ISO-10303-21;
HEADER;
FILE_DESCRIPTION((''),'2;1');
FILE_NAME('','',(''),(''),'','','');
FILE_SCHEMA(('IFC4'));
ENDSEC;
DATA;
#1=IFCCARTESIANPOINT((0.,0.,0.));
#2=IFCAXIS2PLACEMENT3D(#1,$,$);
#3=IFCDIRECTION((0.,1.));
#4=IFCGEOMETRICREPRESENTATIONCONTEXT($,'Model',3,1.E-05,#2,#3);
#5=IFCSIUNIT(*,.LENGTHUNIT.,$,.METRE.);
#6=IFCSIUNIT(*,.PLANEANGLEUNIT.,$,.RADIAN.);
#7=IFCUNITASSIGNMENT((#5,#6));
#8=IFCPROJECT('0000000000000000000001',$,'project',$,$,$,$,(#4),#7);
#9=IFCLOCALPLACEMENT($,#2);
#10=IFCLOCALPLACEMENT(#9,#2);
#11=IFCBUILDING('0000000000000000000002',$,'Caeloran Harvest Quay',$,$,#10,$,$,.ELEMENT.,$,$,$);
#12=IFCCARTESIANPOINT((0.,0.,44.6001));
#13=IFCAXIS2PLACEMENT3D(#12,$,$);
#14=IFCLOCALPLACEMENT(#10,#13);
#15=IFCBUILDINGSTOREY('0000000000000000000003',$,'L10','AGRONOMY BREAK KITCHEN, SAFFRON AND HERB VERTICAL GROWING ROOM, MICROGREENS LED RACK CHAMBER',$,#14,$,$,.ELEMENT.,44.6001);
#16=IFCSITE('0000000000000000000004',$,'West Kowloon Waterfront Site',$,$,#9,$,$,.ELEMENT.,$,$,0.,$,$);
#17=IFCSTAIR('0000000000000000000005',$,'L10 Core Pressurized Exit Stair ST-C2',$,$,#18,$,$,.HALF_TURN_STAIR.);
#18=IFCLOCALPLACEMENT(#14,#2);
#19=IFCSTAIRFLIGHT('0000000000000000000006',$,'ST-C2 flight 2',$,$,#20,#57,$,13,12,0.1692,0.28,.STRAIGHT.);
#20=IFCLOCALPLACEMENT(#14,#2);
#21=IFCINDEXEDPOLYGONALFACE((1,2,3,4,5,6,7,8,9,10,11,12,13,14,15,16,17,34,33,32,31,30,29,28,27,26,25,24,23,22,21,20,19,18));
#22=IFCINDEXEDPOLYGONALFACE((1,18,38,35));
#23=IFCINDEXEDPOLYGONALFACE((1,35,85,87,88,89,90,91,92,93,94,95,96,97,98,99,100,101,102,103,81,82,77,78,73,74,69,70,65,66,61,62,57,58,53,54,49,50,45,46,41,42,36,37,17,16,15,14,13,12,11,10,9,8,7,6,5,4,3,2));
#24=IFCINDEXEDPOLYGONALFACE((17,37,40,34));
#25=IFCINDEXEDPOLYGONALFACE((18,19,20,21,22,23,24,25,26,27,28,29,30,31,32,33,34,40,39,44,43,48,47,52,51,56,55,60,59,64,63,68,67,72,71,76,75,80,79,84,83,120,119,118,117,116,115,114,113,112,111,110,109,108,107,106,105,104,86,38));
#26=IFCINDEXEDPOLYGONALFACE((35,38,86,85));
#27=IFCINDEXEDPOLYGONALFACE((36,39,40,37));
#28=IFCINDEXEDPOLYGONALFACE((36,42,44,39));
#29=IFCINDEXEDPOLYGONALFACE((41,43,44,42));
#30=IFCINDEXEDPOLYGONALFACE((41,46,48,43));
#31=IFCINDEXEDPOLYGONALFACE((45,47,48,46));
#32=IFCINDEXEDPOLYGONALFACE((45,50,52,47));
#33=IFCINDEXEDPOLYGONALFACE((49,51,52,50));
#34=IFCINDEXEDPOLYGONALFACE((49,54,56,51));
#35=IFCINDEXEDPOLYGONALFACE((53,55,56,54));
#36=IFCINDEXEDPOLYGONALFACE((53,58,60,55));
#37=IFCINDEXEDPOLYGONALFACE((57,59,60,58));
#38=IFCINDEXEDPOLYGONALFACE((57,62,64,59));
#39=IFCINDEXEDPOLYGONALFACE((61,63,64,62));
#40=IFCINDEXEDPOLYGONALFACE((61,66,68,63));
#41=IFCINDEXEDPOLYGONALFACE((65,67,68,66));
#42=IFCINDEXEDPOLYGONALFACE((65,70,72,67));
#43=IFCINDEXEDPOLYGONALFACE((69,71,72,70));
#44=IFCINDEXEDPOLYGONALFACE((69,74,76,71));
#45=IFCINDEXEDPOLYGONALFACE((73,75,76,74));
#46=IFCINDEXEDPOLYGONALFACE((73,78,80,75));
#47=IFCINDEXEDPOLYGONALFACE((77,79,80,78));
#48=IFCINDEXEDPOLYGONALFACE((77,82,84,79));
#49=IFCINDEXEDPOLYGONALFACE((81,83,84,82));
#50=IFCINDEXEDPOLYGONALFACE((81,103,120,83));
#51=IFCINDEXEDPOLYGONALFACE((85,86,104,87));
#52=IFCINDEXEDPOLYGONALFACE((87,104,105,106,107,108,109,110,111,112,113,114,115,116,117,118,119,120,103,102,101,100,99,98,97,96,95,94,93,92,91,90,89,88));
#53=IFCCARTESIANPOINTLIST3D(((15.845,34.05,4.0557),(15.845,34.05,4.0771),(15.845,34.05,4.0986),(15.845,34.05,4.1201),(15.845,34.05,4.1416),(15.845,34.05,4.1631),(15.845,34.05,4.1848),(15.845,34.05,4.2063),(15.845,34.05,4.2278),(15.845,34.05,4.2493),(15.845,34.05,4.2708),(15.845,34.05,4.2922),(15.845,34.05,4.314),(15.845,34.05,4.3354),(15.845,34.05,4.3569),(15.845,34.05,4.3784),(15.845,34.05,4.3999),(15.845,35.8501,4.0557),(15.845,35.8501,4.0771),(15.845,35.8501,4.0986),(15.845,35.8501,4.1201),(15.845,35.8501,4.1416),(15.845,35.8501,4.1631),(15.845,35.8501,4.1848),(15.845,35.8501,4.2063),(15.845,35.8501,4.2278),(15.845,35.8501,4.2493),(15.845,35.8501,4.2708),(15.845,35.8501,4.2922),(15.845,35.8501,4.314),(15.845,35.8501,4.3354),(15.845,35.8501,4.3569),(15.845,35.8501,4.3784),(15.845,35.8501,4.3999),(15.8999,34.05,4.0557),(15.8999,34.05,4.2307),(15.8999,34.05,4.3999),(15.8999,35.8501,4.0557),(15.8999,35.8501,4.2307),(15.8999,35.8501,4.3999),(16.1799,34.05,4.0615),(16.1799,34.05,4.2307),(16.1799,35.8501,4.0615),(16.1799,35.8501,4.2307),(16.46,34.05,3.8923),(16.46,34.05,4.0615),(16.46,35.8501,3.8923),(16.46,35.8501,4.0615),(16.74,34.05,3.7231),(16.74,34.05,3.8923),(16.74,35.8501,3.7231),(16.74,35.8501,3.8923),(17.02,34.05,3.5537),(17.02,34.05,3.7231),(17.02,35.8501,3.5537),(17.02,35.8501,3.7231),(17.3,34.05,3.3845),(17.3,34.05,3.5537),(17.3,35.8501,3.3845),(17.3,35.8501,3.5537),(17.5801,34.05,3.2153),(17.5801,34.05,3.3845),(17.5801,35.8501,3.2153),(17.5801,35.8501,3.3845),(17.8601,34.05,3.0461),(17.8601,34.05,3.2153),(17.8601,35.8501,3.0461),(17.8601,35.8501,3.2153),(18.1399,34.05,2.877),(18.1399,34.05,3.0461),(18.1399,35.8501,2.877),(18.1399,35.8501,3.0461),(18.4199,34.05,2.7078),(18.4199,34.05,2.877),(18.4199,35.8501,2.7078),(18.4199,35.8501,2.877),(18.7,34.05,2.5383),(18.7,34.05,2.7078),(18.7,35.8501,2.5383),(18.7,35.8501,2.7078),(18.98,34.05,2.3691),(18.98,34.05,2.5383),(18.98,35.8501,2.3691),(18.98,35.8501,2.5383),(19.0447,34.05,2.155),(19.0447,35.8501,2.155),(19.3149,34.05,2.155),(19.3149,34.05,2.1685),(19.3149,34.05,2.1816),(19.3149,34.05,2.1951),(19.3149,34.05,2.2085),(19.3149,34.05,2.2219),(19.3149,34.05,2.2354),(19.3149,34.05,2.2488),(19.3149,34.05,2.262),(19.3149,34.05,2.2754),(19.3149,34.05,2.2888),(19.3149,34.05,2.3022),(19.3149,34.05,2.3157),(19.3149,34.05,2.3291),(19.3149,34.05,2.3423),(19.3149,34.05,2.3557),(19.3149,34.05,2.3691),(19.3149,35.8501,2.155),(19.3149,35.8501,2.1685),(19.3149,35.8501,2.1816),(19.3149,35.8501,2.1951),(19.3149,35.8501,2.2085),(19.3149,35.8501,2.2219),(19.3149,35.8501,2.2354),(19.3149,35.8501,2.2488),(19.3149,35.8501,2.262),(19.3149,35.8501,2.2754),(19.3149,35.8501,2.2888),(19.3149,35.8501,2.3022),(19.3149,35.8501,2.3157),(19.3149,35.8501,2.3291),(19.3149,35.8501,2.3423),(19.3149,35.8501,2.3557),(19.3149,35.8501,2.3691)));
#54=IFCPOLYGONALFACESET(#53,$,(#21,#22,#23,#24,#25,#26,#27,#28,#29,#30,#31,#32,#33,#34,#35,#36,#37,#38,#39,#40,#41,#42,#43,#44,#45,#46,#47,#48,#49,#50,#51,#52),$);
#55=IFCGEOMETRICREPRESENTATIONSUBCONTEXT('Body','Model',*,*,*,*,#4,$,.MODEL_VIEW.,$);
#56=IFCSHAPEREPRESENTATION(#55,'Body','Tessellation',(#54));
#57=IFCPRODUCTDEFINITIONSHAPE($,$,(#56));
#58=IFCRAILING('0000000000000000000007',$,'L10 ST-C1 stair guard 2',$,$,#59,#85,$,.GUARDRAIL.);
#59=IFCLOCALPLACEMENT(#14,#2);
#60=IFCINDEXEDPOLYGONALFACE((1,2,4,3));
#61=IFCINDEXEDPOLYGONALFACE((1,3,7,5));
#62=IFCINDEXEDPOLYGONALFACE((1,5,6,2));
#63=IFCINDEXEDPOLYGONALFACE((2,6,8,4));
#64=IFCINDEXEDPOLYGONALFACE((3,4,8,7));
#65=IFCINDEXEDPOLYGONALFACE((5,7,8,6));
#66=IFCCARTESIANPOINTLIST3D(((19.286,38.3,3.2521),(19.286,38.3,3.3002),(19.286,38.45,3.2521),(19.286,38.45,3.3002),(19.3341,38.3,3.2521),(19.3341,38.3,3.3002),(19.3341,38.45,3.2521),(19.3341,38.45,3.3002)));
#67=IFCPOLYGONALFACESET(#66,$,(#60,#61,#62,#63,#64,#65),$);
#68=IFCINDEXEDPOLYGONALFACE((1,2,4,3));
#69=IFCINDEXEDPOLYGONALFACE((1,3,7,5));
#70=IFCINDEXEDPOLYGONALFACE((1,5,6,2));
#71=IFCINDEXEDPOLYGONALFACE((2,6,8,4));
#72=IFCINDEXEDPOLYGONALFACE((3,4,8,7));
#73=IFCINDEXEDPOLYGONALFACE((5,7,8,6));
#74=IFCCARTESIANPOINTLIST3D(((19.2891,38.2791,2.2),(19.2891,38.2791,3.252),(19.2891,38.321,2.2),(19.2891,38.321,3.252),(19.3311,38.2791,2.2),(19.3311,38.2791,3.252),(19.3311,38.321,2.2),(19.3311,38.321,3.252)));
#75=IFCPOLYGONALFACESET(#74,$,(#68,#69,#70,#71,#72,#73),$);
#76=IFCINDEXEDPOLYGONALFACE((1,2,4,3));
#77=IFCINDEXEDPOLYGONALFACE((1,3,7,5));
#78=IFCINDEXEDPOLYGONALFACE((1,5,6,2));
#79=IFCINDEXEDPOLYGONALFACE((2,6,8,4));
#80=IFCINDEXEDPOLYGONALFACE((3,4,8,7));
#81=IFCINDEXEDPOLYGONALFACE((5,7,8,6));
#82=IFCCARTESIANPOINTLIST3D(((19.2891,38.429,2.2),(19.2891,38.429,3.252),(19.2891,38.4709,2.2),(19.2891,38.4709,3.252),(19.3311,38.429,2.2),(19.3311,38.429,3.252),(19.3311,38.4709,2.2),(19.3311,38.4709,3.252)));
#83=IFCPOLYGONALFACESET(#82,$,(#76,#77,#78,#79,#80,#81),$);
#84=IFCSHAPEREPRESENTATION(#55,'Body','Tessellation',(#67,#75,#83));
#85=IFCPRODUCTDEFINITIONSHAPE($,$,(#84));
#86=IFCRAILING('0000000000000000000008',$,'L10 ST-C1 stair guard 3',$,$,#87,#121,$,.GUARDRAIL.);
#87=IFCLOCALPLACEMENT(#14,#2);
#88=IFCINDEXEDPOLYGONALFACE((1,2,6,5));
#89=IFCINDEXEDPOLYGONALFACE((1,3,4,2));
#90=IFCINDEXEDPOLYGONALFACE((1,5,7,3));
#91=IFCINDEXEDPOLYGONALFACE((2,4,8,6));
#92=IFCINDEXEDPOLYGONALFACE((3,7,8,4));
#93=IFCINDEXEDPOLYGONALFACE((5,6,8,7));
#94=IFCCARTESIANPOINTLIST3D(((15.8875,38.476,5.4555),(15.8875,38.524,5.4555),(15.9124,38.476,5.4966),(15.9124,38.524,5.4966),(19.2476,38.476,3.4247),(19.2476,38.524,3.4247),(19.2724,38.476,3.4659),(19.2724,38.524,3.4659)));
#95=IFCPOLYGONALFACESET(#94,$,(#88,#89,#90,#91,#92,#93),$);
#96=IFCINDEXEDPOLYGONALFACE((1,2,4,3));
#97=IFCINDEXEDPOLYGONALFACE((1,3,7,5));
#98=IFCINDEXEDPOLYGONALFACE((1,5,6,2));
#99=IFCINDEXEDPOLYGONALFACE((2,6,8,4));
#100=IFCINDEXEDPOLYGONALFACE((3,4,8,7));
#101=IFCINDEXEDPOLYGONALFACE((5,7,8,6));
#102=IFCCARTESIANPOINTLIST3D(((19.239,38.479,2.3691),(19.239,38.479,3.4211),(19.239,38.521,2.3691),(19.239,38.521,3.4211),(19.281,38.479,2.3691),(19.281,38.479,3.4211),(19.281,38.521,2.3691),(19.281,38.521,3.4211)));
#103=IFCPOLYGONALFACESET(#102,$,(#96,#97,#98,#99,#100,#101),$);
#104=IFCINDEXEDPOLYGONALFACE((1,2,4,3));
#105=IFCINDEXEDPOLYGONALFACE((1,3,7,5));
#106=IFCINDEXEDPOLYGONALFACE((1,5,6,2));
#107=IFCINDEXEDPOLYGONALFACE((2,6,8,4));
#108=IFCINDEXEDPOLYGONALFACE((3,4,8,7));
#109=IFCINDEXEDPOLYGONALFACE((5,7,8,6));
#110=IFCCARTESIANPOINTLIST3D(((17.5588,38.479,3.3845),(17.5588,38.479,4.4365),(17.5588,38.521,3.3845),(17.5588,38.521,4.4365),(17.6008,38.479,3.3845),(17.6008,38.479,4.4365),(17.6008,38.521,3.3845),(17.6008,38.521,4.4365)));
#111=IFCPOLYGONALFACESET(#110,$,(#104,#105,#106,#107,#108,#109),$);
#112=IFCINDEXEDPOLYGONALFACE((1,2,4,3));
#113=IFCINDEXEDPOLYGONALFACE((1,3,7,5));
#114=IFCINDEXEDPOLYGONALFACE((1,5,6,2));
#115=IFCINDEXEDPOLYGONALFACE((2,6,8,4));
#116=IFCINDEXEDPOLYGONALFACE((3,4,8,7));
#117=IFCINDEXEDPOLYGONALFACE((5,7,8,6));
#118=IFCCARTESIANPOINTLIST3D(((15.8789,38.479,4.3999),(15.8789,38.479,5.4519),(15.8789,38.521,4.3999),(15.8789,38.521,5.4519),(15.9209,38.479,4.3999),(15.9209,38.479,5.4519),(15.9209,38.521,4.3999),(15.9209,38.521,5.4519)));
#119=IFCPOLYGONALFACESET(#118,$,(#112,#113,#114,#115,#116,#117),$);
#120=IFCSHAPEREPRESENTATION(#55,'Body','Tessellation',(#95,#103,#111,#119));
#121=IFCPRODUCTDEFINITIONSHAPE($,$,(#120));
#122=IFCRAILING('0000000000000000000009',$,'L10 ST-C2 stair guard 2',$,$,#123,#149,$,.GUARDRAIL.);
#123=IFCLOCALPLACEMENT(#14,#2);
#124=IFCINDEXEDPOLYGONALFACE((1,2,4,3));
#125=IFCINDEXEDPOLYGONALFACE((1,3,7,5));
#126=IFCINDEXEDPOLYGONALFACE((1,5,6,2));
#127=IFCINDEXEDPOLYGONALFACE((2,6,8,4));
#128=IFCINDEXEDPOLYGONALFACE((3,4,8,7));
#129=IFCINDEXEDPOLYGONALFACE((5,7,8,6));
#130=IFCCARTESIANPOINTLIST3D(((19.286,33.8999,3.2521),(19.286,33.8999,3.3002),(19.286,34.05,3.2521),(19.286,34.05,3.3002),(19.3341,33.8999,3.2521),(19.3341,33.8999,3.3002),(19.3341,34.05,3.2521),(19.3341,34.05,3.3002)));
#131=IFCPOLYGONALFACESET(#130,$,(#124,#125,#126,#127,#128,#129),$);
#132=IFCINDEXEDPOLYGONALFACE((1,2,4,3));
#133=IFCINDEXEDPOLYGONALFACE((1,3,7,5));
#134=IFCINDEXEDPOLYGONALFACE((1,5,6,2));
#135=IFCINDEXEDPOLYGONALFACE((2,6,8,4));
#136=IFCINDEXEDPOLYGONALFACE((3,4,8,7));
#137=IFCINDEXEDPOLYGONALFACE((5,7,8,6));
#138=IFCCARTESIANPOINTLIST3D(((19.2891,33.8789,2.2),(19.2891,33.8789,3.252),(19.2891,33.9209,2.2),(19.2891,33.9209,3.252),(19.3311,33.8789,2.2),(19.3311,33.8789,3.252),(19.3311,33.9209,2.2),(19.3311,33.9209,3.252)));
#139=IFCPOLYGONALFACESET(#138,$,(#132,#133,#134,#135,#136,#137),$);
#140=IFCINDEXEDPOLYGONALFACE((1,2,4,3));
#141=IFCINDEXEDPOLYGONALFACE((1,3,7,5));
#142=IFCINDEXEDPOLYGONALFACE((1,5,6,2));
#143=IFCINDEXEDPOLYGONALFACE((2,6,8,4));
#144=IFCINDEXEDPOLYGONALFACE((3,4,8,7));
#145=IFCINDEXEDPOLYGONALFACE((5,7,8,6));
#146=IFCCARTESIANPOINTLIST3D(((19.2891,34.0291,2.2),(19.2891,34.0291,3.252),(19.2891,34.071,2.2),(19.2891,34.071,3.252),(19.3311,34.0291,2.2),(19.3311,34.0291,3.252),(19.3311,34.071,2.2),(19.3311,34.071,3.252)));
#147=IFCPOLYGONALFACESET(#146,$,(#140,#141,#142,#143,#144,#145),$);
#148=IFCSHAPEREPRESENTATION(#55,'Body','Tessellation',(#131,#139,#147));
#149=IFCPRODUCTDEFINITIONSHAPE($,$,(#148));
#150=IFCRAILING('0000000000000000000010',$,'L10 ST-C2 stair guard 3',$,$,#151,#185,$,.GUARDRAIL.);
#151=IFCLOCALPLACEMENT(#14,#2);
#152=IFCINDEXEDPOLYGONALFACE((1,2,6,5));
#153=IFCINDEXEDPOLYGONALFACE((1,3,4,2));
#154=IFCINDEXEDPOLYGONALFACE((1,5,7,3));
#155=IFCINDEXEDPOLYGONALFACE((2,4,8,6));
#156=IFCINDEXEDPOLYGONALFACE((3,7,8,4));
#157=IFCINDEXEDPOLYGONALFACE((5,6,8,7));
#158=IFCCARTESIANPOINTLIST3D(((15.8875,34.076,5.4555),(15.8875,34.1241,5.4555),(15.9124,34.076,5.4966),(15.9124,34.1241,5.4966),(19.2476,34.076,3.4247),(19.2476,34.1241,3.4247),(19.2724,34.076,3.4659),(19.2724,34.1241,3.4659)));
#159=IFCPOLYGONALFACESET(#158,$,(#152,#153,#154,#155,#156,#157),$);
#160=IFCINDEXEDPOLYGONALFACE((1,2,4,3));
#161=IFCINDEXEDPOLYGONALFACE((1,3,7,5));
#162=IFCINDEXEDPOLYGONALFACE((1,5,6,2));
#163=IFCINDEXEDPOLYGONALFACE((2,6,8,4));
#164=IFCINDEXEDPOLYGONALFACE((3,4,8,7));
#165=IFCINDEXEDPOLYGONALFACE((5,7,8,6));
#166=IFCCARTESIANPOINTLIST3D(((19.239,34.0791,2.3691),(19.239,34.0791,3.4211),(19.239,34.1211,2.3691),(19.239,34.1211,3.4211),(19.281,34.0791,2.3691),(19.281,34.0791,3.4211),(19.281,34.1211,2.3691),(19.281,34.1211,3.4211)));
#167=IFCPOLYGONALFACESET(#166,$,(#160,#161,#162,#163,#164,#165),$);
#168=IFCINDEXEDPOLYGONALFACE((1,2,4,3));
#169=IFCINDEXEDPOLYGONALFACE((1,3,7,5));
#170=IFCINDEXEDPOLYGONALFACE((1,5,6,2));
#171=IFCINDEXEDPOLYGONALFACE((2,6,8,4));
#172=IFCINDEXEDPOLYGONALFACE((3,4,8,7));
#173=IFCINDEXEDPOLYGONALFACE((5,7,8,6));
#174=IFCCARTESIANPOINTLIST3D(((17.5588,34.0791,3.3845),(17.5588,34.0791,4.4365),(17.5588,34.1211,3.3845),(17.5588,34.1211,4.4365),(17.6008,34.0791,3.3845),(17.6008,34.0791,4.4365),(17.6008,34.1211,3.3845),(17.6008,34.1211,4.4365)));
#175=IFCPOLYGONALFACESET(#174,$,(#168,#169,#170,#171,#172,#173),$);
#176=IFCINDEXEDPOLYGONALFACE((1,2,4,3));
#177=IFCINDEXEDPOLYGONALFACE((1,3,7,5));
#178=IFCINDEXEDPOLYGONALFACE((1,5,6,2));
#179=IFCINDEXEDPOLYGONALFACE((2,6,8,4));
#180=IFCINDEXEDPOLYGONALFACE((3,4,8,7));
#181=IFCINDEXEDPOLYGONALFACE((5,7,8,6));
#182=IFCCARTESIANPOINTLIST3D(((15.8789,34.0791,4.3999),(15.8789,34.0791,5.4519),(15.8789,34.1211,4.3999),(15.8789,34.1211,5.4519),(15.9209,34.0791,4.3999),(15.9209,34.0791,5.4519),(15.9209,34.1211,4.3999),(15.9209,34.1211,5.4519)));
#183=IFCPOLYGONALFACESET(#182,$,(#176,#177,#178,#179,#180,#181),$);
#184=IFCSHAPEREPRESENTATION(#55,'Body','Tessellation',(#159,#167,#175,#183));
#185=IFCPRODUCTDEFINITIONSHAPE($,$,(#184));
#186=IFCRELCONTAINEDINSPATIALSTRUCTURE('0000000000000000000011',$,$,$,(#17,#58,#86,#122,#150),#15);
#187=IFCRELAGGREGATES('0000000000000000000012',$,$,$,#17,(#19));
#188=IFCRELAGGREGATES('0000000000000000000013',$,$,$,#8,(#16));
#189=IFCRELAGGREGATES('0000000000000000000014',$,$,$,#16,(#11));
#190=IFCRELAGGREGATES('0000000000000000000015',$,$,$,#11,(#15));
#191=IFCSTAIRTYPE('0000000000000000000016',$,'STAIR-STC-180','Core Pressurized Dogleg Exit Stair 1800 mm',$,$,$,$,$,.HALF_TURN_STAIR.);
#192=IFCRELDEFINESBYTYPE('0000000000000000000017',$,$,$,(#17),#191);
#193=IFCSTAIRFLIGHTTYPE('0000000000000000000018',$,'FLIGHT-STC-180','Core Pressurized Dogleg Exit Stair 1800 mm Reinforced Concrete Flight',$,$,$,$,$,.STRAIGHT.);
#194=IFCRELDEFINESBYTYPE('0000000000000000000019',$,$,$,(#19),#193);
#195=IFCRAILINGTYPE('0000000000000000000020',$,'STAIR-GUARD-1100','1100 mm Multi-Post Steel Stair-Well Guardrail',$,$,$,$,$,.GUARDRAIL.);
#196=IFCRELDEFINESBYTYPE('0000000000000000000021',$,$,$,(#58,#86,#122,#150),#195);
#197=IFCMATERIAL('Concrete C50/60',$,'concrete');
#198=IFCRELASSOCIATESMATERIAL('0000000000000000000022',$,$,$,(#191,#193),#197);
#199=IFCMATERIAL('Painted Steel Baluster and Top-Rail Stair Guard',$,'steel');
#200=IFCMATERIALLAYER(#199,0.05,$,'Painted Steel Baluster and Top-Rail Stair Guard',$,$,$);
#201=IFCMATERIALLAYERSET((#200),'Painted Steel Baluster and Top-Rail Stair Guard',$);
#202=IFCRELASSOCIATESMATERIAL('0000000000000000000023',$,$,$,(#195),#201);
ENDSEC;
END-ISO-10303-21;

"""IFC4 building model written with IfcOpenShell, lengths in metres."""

from ifc_helpers import new_model, si_unit, direction, frame, origin, origin_2d, place, context, subcontext, project, spatial, polyline, rectangle, outline, extrude, material, layer, layer_set, type_object, element, aggregate, save


model = new_model("IFC4")

# Units and contexts
model_context = context("Model", 3, precision=1e-05, world=origin(), true_north=direction((0.0, 1.0)))
body_context = subcontext(model_context, "Body", "Model", "MODEL_VIEW")
ifc_project = project(units=[si_unit("LENGTHUNIT", "METRE"), si_unit("PLANEANGLEUNIT", "RADIAN")], contexts=[model_context])

# Site, building, storey
site_placement = place(None, origin())
site = spatial("IfcSite", under=ifc_project, at=site_placement, Name="West Kowloon Waterfront Site", CompositionType="ELEMENT", RefElevation=0.0)
building_placement = place(site_placement, origin())
building = spatial("IfcBuilding", under=site, at=building_placement, Name="Caeloran Harvest Quay", CompositionType="ELEMENT")
storey_placement = place(building_placement, frame((0.0, 0.0, 44.6001)))
storey = spatial("IfcBuildingStorey", under=building, at=storey_placement, Name="L10", Description="AGRONOMY BREAK KITCHEN, SAFFRON AND HERB VERTICAL GROWING ROOM, MICROGREENS LED RACK CHAMBER", CompositionType="ELEMENT", Elevation=44.6001)

# Shared definitions
ifc_material_1 = material(Name="Concrete C50/60", Category="concrete")

# Stair, stair flight
stair_type = type_object("IfcStairType", Name="STAIR-STC-180", Description="Core Pressurized Dogleg Exit Stair 1800 mm", PredefinedType="HALF_TURN_STAIR", material=ifc_material_1)
stair_flight_type = type_object("IfcStairFlightType", Name="FLIGHT-STC-180", Description="Core Pressurized Dogleg Exit Stair 1800 mm Reinforced Concrete Flight", PredefinedType="STRAIGHT", material=ifc_material_1)
stair_1_placement = place(storey_placement, origin())
stair_1 = element("IfcStair", 1, at=stair_1_placement, inside=storey, type_object=stair_type, Name="L10 Core Pressurized Exit Stair ST-C2", PredefinedType="HALF_TURN_STAIR")
stair_flight_1_placement = place(storey_placement, frame((19.26, 34.95, 2.2), z_axis=(0.0, 0.0, 1.0), x_axis=(-1.0, 0.0, 0.0)))
stair_flight_1 = element("IfcStairFlight", 2, at=stair_flight_1_placement, type_object=stair_flight_type, Name="ST-C2 flight 2", NumberOfRisers=13, NumberOfTreads=12, PredefinedType="STRAIGHT", RiserHeight=0.1692, TreadLength=0.28, context=body_context, shape_type="SweptSolid", body=[
    extrude(outline(polyline([(-0.0549, -0.0449), (-0.0549, -0.0315), (-0.0549, -0.0183), (-0.0549, -0.0049), (-0.0549, 0.0085), (-0.0549, 0.022), (-0.0549, 0.0354), (-0.0549, 0.0488), (-0.0549, 0.062), (-0.0549, 0.0754), (-0.0549, 0.0889), (-0.0549, 0.1023), (-0.0549, 0.1157), (-0.0549, 0.1292), (-0.0549, 0.1423), (-0.0549, 0.1558), (-0.0549, 0.1692), (0.28, 0.1692), (0.28, 0.3384), (0.5601, 0.3384), (0.5601, 0.5078), (0.8401, 0.5078), (0.8401, 0.677), (1.1201, 0.677), (1.1201, 0.8462), (1.3999, 0.8462), (1.3999, 1.0154), (1.6799, 1.0154), (1.6799, 1.1846), (1.96, 1.1846), (1.96, 1.3538), (2.24, 1.3538), (2.24, 1.5232), (2.52, 1.5232), (2.52, 1.6924), (2.8, 1.6924), (2.8, 1.8616), (3.0801, 1.8616), (3.0801, 2.0308), (3.3601, 2.0308), (3.3601, 2.2), (3.415, 2.2), (3.415, 2.1785), (3.415, 2.157), (3.415, 2.1355), (3.415, 2.114), (3.415, 2.0923), (3.415, 2.0708), (3.415, 2.0493), (3.415, 2.0278), (3.415, 2.0063), (3.415, 1.9849), (3.415, 1.9631), (3.415, 1.9417), (3.415, 1.9202), (3.415, 1.8987), (3.415, 1.8772), (3.415, 1.8557), (3.3601, 1.8557), (0.2153, -0.0449), (-0.0549, -0.0449)])), frame((0.0, 0.8999, 0.0), z_axis=(0.0, -1.0, 0.0), x_axis=(1.0, 0.0, 0.0)), (0.0, 0.0, 1.0), 1.8),
])
aggregate(stair_1, [stair_flight_1])

# Railings
ifc_material_2 = material(Name="Painted Steel Baluster and Top-Rail Stair Guard", Category="steel")
ifc_layer_1 = layer(ifc_material_2, 0.05, Name="Painted Steel Baluster and Top-Rail Stair Guard")
ifc_layer_set_1 = layer_set([ifc_layer_1], Name="Painted Steel Baluster and Top-Rail Stair Guard")
railing_type_1 = type_object("IfcRailingType", Name="STAIR-GUARD-1100", Description="1100 mm Multi-Post Steel Stair-Well Guardrail", PredefinedType="GUARDRAIL", material=ifc_layer_set_1)
railing_1_placement = place(storey_placement, frame((19.3101, 38.3, 2.2)))
element("IfcRailing", 3, at=railing_1_placement, inside=storey, type_object=railing_type_1, Name="L10 ST-C1 stair guard 2", PredefinedType="GUARDRAIL", context=body_context, shape_type="SweptSolid", body=[
    extrude(rectangle(XDim=0.0481, YDim=0.0481, at=origin_2d()), frame((0.0, 0.0, 1.0762), z_axis=(0.0, 1.0, 0.0), x_axis=(-1.0, 0.0, 0.0)), (0.0, 0.0, 1.0), 0.1499),
    extrude(rectangle(XDim=0.042, YDim=0.042, at=origin_2d()), origin(), (0.0, 0.0, 1.0), 1.052),
    extrude(rectangle(XDim=0.042, YDim=0.042, at=origin_2d()), frame((0.0, 0.1499, 0.0)), (0.0, 0.0, 1.0), 1.052),
])
railing_2_placement = place(storey_placement, frame((19.26, 38.5, 2.3691)))
element("IfcRailing", 4, at=railing_2_placement, inside=storey, type_object=railing_type_1, Name="L10 ST-C1 stair guard 3", PredefinedType="GUARDRAIL", context=body_context, shape_type="SweptSolid", body=[
    extrude(rectangle(XDim=0.0481, YDim=0.0481, at=origin_2d()), frame((0.0, 0.0, 1.0762), z_axis=(-0.855837, 0.0, 0.517246), x_axis=(0.0, -1.0, 0.0)), (0.0, 0.0, 1.0), 3.926),
    extrude(rectangle(XDim=0.042, YDim=0.042, at=origin_2d()), origin(), (0.0, 0.0, 1.0), 1.052),
    extrude(rectangle(XDim=0.042, YDim=0.042, at=origin_2d()), frame((-1.6802, 0.0, 1.0154)), (0.0, 0.0, 1.0), 1.052),
    extrude(rectangle(XDim=0.042, YDim=0.042, at=origin_2d()), frame((-3.3601, 0.0, 2.0308)), (0.0, 0.0, 1.0), 1.052),
])
railing_3_placement = place(storey_placement, frame((19.3101, 33.8999, 2.2)))
element("IfcRailing", 5, at=railing_3_placement, inside=storey, type_object=railing_type_1, Name="L10 ST-C2 stair guard 2", PredefinedType="GUARDRAIL", context=body_context, shape_type="SweptSolid", body=[
    extrude(rectangle(XDim=0.0481, YDim=0.0481, at=origin_2d()), frame((0.0, 0.0, 1.0762), z_axis=(0.0, 1.0, 0.0), x_axis=(-1.0, 0.0, 0.0)), (0.0, 0.0, 1.0), 0.1501),
    extrude(rectangle(XDim=0.042, YDim=0.042, at=origin_2d()), origin(), (0.0, 0.0, 1.0), 1.052),
    extrude(rectangle(XDim=0.042, YDim=0.042, at=origin_2d()), frame((0.0, 0.1501, 0.0)), (0.0, 0.0, 1.0), 1.052),
])
railing_4_placement = place(storey_placement, frame((19.26, 34.1001, 2.3691)))
element("IfcRailing", 6, at=railing_4_placement, inside=storey, type_object=railing_type_1, Name="L10 ST-C2 stair guard 3", PredefinedType="GUARDRAIL", context=body_context, shape_type="SweptSolid", body=[
    extrude(rectangle(XDim=0.0481, YDim=0.0481, at=origin_2d()), frame((0.0, 0.0, 1.0762), z_axis=(-0.855837, 0.0, 0.517246), x_axis=(0.0, -1.0, 0.0)), (0.0, 0.0, 1.0), 3.926),
    extrude(rectangle(XDim=0.042, YDim=0.042, at=origin_2d()), origin(), (0.0, 0.0, 1.0), 1.052),
    extrude(rectangle(XDim=0.042, YDim=0.042, at=origin_2d()), frame((-1.6802, 0.0, 1.0154)), (0.0, 0.0, 1.0), 1.052),
    extrude(rectangle(XDim=0.042, YDim=0.042, at=origin_2d()), frame((-3.3601, 0.0, 2.0308)), (0.0, 0.0, 1.0), 1.052),
])

save(model, "model.ifc")
